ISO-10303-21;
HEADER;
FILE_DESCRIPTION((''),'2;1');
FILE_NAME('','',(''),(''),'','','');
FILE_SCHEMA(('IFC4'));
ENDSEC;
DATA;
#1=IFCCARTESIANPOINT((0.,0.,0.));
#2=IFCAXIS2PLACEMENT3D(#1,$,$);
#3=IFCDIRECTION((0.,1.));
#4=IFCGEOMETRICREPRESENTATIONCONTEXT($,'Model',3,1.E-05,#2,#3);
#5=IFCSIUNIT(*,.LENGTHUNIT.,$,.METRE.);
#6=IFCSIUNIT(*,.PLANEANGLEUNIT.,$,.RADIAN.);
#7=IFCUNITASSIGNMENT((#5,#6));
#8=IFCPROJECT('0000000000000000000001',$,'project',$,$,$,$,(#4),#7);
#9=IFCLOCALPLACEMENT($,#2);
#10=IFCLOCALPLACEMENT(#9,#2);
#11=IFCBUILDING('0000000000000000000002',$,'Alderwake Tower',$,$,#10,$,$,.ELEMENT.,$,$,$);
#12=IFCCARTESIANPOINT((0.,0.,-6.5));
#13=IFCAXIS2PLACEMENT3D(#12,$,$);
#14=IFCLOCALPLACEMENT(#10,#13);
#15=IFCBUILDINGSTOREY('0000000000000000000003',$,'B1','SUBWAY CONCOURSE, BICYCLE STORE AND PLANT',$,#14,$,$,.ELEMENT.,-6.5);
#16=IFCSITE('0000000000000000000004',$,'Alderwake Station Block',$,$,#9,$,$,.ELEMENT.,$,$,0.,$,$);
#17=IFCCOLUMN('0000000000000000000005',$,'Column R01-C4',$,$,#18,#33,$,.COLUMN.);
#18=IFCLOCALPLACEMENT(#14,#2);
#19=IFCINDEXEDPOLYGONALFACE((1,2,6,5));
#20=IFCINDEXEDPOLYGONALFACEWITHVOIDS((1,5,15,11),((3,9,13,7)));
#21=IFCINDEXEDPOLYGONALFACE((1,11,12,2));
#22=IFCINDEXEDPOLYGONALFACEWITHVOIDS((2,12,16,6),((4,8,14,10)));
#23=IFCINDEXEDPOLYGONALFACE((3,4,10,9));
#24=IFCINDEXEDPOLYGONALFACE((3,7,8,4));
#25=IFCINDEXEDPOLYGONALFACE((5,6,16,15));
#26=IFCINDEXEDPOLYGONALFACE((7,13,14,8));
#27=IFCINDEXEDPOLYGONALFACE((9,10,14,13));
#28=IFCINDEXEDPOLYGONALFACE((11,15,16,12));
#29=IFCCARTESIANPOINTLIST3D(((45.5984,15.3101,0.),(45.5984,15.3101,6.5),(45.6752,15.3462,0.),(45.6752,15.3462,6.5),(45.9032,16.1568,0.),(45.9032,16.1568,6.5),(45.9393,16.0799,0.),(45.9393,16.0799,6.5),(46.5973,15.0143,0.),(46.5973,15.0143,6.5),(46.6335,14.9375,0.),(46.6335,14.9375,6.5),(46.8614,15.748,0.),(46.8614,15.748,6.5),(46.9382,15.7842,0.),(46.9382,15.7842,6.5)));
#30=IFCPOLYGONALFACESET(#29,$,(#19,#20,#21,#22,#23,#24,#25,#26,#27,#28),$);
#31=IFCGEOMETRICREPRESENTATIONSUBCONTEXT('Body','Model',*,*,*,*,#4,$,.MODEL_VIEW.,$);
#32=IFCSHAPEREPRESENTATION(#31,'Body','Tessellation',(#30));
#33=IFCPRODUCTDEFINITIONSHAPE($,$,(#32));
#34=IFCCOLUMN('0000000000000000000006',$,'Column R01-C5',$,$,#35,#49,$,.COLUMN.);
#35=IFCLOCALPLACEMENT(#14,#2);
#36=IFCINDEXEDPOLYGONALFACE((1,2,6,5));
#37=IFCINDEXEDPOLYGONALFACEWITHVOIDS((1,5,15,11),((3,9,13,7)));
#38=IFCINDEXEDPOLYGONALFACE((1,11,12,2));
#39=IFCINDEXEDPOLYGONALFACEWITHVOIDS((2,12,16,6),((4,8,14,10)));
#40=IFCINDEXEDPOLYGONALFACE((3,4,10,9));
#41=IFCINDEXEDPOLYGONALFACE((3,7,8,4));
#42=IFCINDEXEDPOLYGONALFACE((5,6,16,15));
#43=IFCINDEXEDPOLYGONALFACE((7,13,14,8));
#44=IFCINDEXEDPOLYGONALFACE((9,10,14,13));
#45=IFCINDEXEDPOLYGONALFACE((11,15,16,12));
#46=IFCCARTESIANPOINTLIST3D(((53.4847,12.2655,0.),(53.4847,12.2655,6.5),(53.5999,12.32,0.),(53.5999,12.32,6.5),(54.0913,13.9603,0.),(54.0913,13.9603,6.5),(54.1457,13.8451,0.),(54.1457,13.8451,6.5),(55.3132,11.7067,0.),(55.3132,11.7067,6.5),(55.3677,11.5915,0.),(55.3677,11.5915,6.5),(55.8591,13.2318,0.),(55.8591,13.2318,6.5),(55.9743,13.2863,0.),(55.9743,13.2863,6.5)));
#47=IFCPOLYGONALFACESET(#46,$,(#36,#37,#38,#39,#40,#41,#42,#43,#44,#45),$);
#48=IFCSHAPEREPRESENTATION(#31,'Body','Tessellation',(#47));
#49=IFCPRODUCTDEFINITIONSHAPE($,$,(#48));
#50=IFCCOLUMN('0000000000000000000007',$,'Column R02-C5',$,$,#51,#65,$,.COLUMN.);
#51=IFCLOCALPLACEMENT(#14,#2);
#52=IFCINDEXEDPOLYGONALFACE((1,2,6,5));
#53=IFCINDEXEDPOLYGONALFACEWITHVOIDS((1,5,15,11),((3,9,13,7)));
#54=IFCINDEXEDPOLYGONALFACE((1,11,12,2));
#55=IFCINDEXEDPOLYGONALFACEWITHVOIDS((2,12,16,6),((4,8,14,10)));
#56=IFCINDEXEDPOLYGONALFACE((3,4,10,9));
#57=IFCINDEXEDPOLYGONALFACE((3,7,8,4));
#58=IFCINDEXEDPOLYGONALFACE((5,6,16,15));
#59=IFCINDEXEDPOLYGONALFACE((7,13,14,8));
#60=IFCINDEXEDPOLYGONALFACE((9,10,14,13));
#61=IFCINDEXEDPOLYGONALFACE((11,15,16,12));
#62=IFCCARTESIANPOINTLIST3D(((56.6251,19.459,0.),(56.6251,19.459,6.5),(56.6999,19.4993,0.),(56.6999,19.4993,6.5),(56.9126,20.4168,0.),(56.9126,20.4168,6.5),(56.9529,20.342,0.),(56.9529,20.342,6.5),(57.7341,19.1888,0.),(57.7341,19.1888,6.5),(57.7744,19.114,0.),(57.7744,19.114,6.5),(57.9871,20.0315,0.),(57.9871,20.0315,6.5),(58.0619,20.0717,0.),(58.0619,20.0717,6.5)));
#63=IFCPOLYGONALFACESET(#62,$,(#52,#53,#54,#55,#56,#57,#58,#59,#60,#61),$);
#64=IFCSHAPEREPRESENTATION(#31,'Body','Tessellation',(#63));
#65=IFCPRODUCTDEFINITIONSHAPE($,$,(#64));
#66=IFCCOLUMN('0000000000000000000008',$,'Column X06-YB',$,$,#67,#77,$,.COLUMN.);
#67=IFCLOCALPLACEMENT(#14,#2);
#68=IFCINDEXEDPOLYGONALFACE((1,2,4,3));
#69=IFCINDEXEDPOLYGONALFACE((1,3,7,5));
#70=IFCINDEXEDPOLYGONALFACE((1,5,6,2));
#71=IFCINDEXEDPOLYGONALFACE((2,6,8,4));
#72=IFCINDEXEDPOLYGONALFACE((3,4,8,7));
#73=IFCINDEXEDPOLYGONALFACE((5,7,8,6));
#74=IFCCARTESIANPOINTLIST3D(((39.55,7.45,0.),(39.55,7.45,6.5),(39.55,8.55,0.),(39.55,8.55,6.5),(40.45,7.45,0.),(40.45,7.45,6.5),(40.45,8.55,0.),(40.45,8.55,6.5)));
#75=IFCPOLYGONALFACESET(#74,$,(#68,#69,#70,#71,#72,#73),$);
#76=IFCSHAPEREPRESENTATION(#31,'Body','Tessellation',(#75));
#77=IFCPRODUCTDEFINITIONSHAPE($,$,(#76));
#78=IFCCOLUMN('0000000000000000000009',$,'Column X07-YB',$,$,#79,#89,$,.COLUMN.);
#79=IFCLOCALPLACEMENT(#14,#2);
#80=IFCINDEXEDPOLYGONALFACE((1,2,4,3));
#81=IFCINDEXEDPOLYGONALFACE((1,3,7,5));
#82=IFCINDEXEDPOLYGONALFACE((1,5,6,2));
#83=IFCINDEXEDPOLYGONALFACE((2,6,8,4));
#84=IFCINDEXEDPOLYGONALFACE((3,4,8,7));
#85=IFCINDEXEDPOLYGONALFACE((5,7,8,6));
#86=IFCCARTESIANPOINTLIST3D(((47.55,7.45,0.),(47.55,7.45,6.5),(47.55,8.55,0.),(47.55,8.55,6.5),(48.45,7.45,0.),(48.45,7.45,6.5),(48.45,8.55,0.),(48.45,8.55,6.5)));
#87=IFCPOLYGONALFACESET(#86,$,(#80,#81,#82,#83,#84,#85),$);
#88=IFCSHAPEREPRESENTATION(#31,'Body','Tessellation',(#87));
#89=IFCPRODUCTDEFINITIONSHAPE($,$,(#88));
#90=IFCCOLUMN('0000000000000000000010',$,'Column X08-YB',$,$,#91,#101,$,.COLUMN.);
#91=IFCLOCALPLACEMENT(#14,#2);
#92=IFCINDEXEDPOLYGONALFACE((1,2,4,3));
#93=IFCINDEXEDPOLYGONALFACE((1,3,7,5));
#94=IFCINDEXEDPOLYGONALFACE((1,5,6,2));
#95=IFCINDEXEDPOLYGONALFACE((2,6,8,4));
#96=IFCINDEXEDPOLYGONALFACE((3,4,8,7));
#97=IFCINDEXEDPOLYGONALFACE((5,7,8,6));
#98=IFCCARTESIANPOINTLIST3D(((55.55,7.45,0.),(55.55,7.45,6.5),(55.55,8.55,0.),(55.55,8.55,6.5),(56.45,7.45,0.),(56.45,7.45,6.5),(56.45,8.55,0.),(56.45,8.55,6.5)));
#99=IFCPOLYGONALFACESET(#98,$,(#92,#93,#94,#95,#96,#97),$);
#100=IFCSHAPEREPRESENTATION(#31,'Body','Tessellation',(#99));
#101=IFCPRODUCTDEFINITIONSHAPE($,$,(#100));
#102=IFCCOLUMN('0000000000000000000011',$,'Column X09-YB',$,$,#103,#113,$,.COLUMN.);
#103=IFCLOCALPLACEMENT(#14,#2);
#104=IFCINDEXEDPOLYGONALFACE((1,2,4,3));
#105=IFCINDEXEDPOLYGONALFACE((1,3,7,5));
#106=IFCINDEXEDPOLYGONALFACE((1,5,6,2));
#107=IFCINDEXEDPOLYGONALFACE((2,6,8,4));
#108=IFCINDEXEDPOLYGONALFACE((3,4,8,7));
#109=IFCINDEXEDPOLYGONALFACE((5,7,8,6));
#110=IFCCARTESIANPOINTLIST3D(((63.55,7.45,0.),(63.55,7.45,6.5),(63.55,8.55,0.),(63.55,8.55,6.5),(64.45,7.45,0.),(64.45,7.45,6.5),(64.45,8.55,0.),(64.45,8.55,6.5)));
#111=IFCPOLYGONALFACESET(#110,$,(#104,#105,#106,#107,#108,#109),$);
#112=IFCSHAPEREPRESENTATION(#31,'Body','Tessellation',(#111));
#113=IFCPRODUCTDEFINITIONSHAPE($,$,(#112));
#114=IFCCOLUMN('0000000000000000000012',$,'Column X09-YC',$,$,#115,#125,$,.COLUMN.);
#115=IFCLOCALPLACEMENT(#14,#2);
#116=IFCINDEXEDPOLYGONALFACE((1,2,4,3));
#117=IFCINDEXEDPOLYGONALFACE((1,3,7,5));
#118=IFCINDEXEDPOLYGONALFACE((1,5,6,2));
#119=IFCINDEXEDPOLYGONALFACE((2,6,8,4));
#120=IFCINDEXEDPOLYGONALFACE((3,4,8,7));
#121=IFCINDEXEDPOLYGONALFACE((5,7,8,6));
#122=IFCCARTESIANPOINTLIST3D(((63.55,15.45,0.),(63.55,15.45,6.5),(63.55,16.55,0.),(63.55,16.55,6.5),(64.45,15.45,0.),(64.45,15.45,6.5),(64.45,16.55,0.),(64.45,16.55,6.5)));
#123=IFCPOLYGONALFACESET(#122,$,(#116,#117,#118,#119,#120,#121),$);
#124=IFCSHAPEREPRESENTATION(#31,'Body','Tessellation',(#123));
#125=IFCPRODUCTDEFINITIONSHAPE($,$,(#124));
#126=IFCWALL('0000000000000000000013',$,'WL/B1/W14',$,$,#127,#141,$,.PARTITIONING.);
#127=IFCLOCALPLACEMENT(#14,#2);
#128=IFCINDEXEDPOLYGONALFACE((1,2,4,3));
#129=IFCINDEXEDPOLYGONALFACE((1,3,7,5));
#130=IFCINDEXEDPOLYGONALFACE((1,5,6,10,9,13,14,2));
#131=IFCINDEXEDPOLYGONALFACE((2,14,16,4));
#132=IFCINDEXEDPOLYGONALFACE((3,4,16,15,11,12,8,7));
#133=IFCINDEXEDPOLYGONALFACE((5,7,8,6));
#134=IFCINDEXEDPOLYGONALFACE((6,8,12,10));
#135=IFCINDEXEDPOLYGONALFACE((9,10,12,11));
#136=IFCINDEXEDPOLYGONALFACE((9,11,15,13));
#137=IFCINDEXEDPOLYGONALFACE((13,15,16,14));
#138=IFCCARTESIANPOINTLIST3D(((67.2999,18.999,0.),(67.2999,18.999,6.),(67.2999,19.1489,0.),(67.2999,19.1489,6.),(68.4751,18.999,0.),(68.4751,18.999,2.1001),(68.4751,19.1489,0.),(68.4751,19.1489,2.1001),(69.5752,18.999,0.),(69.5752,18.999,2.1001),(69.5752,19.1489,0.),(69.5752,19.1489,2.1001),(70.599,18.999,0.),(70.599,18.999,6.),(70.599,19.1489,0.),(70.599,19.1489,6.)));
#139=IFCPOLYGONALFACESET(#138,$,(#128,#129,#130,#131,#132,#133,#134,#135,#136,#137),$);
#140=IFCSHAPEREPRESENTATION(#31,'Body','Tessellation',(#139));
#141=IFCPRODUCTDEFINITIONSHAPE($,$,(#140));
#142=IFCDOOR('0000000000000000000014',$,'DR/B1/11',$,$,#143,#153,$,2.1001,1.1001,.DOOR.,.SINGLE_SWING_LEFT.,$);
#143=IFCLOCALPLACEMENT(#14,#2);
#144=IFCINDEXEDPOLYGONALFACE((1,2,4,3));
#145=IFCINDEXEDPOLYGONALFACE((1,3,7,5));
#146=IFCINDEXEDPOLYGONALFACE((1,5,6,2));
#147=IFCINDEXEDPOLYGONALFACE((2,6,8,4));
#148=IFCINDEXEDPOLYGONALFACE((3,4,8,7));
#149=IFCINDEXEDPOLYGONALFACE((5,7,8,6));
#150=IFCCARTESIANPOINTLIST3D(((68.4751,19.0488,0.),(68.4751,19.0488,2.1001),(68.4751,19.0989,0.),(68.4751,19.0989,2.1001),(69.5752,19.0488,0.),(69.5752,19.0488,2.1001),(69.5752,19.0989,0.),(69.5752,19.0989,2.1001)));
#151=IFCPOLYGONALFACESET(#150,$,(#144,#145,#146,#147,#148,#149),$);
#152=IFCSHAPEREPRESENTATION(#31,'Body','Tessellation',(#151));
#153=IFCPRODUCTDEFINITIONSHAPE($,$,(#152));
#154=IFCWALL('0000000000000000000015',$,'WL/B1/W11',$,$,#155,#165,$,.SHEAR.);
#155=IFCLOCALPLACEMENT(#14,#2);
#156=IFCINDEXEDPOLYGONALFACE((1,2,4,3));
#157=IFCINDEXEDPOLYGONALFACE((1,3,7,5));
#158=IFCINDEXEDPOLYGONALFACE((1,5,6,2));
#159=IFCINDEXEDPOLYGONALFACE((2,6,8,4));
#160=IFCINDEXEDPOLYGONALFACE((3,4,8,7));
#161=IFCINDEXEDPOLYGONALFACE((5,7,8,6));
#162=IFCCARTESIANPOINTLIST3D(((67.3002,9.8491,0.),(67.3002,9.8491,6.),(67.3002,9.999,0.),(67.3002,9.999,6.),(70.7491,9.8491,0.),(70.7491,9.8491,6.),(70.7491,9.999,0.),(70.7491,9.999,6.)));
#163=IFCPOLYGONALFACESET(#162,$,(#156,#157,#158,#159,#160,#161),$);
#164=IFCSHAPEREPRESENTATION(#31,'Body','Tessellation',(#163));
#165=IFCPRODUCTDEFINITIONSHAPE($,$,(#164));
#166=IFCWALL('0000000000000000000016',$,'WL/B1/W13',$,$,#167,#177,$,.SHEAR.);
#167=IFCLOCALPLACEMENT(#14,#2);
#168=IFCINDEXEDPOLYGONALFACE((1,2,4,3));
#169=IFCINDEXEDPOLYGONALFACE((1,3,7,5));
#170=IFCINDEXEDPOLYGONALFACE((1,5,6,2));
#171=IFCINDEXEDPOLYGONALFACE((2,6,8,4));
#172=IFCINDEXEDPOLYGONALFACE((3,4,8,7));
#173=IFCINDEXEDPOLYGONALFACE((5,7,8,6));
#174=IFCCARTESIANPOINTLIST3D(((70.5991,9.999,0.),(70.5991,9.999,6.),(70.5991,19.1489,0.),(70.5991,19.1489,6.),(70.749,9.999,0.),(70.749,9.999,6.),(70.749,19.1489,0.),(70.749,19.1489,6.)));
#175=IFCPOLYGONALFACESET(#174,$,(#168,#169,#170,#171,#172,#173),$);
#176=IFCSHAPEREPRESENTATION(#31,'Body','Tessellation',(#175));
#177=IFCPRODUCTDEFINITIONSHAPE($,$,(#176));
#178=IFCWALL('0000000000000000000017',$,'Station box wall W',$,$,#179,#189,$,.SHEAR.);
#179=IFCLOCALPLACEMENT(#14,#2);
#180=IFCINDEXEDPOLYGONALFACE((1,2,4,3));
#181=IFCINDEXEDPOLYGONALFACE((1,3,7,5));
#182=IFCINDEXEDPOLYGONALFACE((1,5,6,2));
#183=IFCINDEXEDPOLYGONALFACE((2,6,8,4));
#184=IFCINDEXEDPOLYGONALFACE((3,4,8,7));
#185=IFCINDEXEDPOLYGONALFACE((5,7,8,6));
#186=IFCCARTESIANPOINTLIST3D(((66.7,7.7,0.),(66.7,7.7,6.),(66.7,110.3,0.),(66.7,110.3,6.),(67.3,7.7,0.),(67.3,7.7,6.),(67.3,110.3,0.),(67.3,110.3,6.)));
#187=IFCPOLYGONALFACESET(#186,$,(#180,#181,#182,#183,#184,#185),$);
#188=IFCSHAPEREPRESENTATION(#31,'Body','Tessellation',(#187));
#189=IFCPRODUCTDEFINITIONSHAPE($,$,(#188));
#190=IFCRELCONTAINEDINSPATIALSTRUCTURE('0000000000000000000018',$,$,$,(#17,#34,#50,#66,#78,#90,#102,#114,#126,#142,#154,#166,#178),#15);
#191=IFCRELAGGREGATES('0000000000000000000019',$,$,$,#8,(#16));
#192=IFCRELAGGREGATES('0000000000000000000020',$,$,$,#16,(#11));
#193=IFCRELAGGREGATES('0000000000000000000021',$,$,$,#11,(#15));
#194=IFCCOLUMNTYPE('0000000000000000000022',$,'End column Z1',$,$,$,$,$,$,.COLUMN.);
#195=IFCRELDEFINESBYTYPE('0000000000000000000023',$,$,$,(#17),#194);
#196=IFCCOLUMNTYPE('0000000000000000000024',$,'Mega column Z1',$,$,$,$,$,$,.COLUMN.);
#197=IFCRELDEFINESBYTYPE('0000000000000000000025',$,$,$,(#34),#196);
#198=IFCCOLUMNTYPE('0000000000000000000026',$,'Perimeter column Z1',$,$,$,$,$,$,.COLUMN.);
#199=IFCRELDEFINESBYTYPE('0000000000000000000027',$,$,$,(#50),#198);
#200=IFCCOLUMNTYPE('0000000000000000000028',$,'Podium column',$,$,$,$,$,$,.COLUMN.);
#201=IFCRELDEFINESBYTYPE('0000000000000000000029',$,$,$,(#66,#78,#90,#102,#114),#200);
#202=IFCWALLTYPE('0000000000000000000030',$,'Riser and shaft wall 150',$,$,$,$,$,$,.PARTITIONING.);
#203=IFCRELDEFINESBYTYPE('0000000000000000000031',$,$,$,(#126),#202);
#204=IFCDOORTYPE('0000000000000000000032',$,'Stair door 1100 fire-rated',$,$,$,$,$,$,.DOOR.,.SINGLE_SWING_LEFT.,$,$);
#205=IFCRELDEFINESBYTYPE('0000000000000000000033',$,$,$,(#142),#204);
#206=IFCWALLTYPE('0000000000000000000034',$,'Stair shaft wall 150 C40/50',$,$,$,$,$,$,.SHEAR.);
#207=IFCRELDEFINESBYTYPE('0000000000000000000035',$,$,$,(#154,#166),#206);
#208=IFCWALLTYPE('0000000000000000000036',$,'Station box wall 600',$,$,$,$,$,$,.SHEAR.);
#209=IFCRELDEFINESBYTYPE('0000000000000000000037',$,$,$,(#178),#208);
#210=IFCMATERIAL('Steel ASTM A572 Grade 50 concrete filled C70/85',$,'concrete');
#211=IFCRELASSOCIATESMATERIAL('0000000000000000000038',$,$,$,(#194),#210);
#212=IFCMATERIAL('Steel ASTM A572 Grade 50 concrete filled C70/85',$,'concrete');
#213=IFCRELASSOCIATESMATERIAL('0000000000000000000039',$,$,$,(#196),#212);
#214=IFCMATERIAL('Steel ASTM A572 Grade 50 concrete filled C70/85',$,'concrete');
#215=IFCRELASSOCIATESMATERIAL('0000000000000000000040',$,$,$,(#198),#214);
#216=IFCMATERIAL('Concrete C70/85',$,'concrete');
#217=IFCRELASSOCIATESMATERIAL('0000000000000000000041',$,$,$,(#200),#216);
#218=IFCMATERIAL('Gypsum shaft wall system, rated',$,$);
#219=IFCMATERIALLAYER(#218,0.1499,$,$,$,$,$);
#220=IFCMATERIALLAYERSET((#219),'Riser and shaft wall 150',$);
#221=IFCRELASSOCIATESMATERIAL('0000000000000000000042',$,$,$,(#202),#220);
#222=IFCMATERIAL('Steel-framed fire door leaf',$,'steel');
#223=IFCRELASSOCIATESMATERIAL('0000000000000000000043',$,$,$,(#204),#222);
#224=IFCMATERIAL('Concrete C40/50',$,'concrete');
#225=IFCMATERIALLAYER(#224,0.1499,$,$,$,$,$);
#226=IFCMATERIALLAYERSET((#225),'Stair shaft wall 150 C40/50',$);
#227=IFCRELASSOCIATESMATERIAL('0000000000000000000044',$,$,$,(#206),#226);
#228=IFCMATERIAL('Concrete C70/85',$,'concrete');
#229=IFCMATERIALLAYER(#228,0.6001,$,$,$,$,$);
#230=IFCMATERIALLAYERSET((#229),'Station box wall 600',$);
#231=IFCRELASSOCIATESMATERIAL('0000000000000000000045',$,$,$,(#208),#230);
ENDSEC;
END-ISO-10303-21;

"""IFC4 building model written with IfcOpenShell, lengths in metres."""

from ifc_helpers import new_model, si_unit, direction, frame, frame_2d, origin, origin_2d, place, context, subcontext, project, spatial, rectangle, hollow_rectangle, extrude, material, layer, layer_set, material_profile, profile_set, type_object, element, fill, save


model = new_model("IFC4")

# Units and contexts
model_context = context("Model", 3, precision=1e-05, world=origin(), true_north=direction((0.0, 1.0)))
body_context = subcontext(model_context, "Body", "Model", "MODEL_VIEW")
ifc_project = project(units=[si_unit("LENGTHUNIT", "METRE"), si_unit("PLANEANGLEUNIT", "RADIAN")], contexts=[model_context])

# Site, building, storey
site_placement = place(None, origin())
site = spatial("IfcSite", under=ifc_project, at=site_placement, Name="Alderwake Station Block", CompositionType="ELEMENT", RefElevation=0.0)
building_placement = place(site_placement, origin())
building = spatial("IfcBuilding", under=site, at=building_placement, Name="Alderwake Tower", CompositionType="ELEMENT")
storey_placement = place(building_placement, frame((0.0, 0.0, -6.5)))
storey = spatial("IfcBuildingStorey", under=building, at=storey_placement, Name="B1", Description="SUBWAY CONCOURSE, BICYCLE STORE AND PLANT", CompositionType="ELEMENT", Elevation=-6.5)

# Columns
ifc_material_1 = material(Name="Steel ASTM A572 Grade 50 concrete filled C70/85", Category="concrete")
ifc_material_profile_1 = material_profile(ifc_material_1, hollow_rectangle(XDim=0.8999, YDim=1.1001, WallThickness=0.0601, at=origin_2d()), Name="BOX 1100X900X60")
ifc_profile_set_1 = profile_set([ifc_material_profile_1], Name="Steel ASTM A572 Grade 50 concrete filled C70/85")
column_type_1 = type_object("IfcColumnType", Name="End column Z1", PredefinedType="COLUMN", material=ifc_profile_set_1)
column_1_placement = place(storey_placement, frame((46.2683, 15.5471, 0.0), z_axis=(0.0, 0.0, 1.0), x_axis=(0.338695, 0.940896, 0.0)))
element("IfcColumn", 1, at=column_1_placement, inside=storey, type_object=column_type_1, Name="Column R01-C4", PredefinedType="COLUMN", context=body_context, shape_type="SweptSolid", body=[
    extrude(hollow_rectangle(XDim=0.8999, YDim=1.1001, WallThickness=0.0601, at=origin_2d()), origin(), (0.0, 0.0, 1.0), 6.5),
])
ifc_material_2 = material(Name="Steel ASTM A572 Grade 50 concrete filled C70/85", Category="concrete")
ifc_material_profile_2 = material_profile(ifc_material_2, hollow_rectangle(XDim=1.8, YDim=2.0, WallThickness=0.0901, at=origin_2d()), Name="BOX 2000X1800X90")
ifc_profile_set_2 = profile_set([ifc_material_profile_2], Name="Steel ASTM A572 Grade 50 concrete filled C70/85")
column_type_2 = type_object("IfcColumnType", Name="Mega column Z1", PredefinedType="COLUMN", material=ifc_profile_set_2)
column_2_placement = place(storey_placement, frame((54.7295, 12.7759, 0.0), z_axis=(0.0, 0.0, 1.0), x_axis=(0.336995, 0.941506, 0.0)))
element("IfcColumn", 2, at=column_2_placement, inside=storey, type_object=column_type_2, Name="Column R01-C5", PredefinedType="COLUMN", context=body_context, shape_type="SweptSolid", body=[
    extrude(hollow_rectangle(XDim=1.8, YDim=2.0, WallThickness=0.0901, at=origin_2d()), origin(), (0.0, 0.0, 1.0), 6.5),
])
ifc_material_3 = material(Name="Steel ASTM A572 Grade 50 concrete filled C70/85", Category="concrete")
ifc_material_profile_3 = material_profile(ifc_material_3, hollow_rectangle(XDim=1.0, YDim=1.2, WallThickness=0.0601, at=origin_2d()), Name="BOX 1200X1000X60")
ifc_profile_set_3 = profile_set([ifc_material_profile_3], Name="Steel ASTM A572 Grade 50 concrete filled C70/85")
column_type_3 = type_object("IfcColumnType", Name="Perimeter column Z1", PredefinedType="COLUMN", material=ifc_profile_set_3)
column_3_placement = place(storey_placement, frame((57.3435, 19.7654, 0.0), z_axis=(0.0, 0.0, 1.0), x_axis=(0.287549, 0.957766, 0.0)))
element("IfcColumn", 3, at=column_3_placement, inside=storey, type_object=column_type_3, Name="Column R02-C5", PredefinedType="COLUMN", context=body_context, shape_type="SweptSolid", body=[
    extrude(hollow_rectangle(XDim=1.0, YDim=1.2, WallThickness=0.0601, at=origin_2d()), origin(), (0.0, 0.0, 1.0), 6.5),
])
ifc_material_4 = material(Name="Concrete C70/85", Category="concrete")
ifc_material_profile_4 = material_profile(ifc_material_4, rectangle(XDim=0.8999, YDim=1.1001, at=origin_2d()), Name="RC 1100X900")
ifc_profile_set_4 = profile_set([ifc_material_profile_4], Name="Concrete C70/85")
column_type_4 = type_object("IfcColumnType", Name="Podium column", PredefinedType="COLUMN", material=ifc_profile_set_4)
for number, where, z_axis, x_axis, name in (
    (4, (40.0, 8.0, 0.0), (0.0, 0.0, 1.0), (1.0, 0.0, 0.0), "Column X06-YB"),
    (5, (48.0, 8.0, 0.0), (0.0, 0.0, 1.0), (1.0, 0.0, 0.0), "Column X07-YB"),
    (6, (56.0, 8.0, 0.0), (0.0, 0.0, 1.0), (1.0, 0.0, 0.0), "Column X08-YB"),
    (7, (64.0, 8.0, 0.0), (0.0, 0.0, 1.0), (1.0, 0.0, 0.0), "Column X09-YB"),
    (8, (64.0, 16.0, 0.0), (0.0, 0.0, 1.0), (1.0, 0.0, 0.0), "Column X09-YC"),
):
    element("IfcColumn", number, at=place(storey_placement, frame(where, z_axis=z_axis, x_axis=x_axis)), inside=storey, type_object=column_type_4, Name=name, PredefinedType="COLUMN", context=body_context, shape_type="SweptSolid", body=[
        extrude(rectangle(XDim=0.8999, YDim=1.1001, at=origin_2d()), origin(), (0.0, 0.0, 1.0), 6.5),
    ])

# Wall, opening, door
ifc_material_5 = material(Name="Gypsum shaft wall system, rated")
ifc_layer_1 = layer(ifc_material_5, 0.1499)
ifc_layer_set_1 = layer_set([ifc_layer_1], Name="Riser and shaft wall 150")
wall_type_1 = type_object("IfcWallType", Name="Riser and shaft wall 150", PredefinedType="PARTITIONING", material=ifc_layer_set_1)
wall_1_placement = place(storey_placement, frame((67.3, 19.074, 0.0), z_axis=(0.0, 0.0, 1.0), x_axis=(1.0, 0.0, 0.0)))
wall_1 = element("IfcWall", 9, at=wall_1_placement, inside=storey, type_object=wall_type_1, Name="WL/B1/W14", PredefinedType="PARTITIONING", context=body_context, shape_type="SweptSolid", body=[
    extrude(rectangle(XDim=3.2991, YDim=0.1499, at=frame_2d((1.6494, 0.0))), origin(), (0.0, 0.0, 1.0), 6.0),
])
opening_placement = place(wall_1_placement, frame((1.175, 0.0, 0.0)))
opening = element("IfcOpeningElement", 10, at=opening_placement, cuts=wall_1, PredefinedType="OPENING", context=body_context, shape_type="SweptSolid", body=[
    extrude(rectangle(XDim=1.1001, YDim=2.1001, at=frame_2d((0.55, 1.05))), frame((0.0, 0.085, 0.0), z_axis=(0.0, -1.0, 0.0), x_axis=(1.0, 0.0, 0.0)), (0.0, 0.0, 1.0), 0.1699),
])
ifc_material_6 = material(Name="Steel-framed fire door leaf", Category="steel")
door_type = type_object("IfcDoorType", Name="Stair door 1100 fire-rated", OperationType="SINGLE_SWING_LEFT", PredefinedType="DOOR", material=ifc_material_6)
door_placement = place(opening_placement, origin())
door = element("IfcDoor", 11, at=door_placement, inside=storey, type_object=door_type, Name="DR/B1/11", OperationType="SINGLE_SWING_LEFT", OverallHeight=2.1001, OverallWidth=1.1001, PredefinedType="DOOR", context=body_context, shape_type="SweptSolid", body=[
    extrude(rectangle(XDim=1.1001, YDim=2.1001, at=frame_2d((0.55, 1.05))), frame((0.0, 0.0249, 0.0), z_axis=(0.0, -1.0, 0.0), x_axis=(1.0, 0.0, 0.0)), (0.0, 0.0, 1.0), 0.05),
])
fill(opening, door)

# Walls
ifc_material_7 = material(Name="Concrete C40/50", Category="concrete")
ifc_layer_2 = layer(ifc_material_7, 0.1499)
ifc_layer_set_2 = layer_set([ifc_layer_2], Name="Stair shaft wall 150 C40/50")
wall_type_2 = type_object("IfcWallType", Name="Stair shaft wall 150 C40/50", PredefinedType="SHEAR", material=ifc_layer_set_2)
wall_2_placement = place(storey_placement, frame((67.3, 9.9241, 0.0), z_axis=(0.0, 0.0, 1.0), x_axis=(1.0, 0.0, 0.0)))
element("IfcWall", 12, at=wall_2_placement, inside=storey, type_object=wall_type_2, Name="WL/B1/W11", PredefinedType="SHEAR", context=body_context, shape_type="SweptSolid", body=[
    extrude(rectangle(XDim=3.449, YDim=0.1499, at=frame_2d((1.7246, 0.0))), origin(), (0.0, 0.0, 1.0), 6.0),
])
wall_3_placement = place(storey_placement, frame((70.6741, 9.999, 0.0), z_axis=(0.0, 0.0, 1.0), x_axis=(0.0, 1.0, 0.0)))
element("IfcWall", 13, at=wall_3_placement, inside=storey, type_object=wall_type_2, Name="WL/B1/W13", PredefinedType="SHEAR", context=body_context, shape_type="SweptSolid", body=[
    extrude(rectangle(XDim=9.1499, YDim=0.1499, at=frame_2d((4.575, 0.0))), origin(), (0.0, 0.0, 1.0), 6.0),
])
ifc_material_8 = material(Name="Concrete C70/85", Category="concrete")
ifc_layer_3 = layer(ifc_material_8, 0.6001)
ifc_layer_set_3 = layer_set([ifc_layer_3], Name="Station box wall 600")
wall_type_3 = type_object("IfcWallType", Name="Station box wall 600", PredefinedType="SHEAR", material=ifc_layer_set_3)
wall_4_placement = place(storey_placement, frame((67.0, 7.7, 0.0), z_axis=(0.0, 0.0, 1.0), x_axis=(0.0, 1.0, 0.0)))
element("IfcWall", 14, at=wall_4_placement, inside=storey, type_object=wall_type_3, Name="Station box wall W", PredefinedType="SHEAR", context=body_context, shape_type="SweptSolid", body=[
    extrude(rectangle(XDim=102.6001, YDim=0.6001, at=frame_2d((51.3, 0.0))), origin(), (0.0, 0.0, 1.0), 6.0),
])

save(model, "model.ifc")
